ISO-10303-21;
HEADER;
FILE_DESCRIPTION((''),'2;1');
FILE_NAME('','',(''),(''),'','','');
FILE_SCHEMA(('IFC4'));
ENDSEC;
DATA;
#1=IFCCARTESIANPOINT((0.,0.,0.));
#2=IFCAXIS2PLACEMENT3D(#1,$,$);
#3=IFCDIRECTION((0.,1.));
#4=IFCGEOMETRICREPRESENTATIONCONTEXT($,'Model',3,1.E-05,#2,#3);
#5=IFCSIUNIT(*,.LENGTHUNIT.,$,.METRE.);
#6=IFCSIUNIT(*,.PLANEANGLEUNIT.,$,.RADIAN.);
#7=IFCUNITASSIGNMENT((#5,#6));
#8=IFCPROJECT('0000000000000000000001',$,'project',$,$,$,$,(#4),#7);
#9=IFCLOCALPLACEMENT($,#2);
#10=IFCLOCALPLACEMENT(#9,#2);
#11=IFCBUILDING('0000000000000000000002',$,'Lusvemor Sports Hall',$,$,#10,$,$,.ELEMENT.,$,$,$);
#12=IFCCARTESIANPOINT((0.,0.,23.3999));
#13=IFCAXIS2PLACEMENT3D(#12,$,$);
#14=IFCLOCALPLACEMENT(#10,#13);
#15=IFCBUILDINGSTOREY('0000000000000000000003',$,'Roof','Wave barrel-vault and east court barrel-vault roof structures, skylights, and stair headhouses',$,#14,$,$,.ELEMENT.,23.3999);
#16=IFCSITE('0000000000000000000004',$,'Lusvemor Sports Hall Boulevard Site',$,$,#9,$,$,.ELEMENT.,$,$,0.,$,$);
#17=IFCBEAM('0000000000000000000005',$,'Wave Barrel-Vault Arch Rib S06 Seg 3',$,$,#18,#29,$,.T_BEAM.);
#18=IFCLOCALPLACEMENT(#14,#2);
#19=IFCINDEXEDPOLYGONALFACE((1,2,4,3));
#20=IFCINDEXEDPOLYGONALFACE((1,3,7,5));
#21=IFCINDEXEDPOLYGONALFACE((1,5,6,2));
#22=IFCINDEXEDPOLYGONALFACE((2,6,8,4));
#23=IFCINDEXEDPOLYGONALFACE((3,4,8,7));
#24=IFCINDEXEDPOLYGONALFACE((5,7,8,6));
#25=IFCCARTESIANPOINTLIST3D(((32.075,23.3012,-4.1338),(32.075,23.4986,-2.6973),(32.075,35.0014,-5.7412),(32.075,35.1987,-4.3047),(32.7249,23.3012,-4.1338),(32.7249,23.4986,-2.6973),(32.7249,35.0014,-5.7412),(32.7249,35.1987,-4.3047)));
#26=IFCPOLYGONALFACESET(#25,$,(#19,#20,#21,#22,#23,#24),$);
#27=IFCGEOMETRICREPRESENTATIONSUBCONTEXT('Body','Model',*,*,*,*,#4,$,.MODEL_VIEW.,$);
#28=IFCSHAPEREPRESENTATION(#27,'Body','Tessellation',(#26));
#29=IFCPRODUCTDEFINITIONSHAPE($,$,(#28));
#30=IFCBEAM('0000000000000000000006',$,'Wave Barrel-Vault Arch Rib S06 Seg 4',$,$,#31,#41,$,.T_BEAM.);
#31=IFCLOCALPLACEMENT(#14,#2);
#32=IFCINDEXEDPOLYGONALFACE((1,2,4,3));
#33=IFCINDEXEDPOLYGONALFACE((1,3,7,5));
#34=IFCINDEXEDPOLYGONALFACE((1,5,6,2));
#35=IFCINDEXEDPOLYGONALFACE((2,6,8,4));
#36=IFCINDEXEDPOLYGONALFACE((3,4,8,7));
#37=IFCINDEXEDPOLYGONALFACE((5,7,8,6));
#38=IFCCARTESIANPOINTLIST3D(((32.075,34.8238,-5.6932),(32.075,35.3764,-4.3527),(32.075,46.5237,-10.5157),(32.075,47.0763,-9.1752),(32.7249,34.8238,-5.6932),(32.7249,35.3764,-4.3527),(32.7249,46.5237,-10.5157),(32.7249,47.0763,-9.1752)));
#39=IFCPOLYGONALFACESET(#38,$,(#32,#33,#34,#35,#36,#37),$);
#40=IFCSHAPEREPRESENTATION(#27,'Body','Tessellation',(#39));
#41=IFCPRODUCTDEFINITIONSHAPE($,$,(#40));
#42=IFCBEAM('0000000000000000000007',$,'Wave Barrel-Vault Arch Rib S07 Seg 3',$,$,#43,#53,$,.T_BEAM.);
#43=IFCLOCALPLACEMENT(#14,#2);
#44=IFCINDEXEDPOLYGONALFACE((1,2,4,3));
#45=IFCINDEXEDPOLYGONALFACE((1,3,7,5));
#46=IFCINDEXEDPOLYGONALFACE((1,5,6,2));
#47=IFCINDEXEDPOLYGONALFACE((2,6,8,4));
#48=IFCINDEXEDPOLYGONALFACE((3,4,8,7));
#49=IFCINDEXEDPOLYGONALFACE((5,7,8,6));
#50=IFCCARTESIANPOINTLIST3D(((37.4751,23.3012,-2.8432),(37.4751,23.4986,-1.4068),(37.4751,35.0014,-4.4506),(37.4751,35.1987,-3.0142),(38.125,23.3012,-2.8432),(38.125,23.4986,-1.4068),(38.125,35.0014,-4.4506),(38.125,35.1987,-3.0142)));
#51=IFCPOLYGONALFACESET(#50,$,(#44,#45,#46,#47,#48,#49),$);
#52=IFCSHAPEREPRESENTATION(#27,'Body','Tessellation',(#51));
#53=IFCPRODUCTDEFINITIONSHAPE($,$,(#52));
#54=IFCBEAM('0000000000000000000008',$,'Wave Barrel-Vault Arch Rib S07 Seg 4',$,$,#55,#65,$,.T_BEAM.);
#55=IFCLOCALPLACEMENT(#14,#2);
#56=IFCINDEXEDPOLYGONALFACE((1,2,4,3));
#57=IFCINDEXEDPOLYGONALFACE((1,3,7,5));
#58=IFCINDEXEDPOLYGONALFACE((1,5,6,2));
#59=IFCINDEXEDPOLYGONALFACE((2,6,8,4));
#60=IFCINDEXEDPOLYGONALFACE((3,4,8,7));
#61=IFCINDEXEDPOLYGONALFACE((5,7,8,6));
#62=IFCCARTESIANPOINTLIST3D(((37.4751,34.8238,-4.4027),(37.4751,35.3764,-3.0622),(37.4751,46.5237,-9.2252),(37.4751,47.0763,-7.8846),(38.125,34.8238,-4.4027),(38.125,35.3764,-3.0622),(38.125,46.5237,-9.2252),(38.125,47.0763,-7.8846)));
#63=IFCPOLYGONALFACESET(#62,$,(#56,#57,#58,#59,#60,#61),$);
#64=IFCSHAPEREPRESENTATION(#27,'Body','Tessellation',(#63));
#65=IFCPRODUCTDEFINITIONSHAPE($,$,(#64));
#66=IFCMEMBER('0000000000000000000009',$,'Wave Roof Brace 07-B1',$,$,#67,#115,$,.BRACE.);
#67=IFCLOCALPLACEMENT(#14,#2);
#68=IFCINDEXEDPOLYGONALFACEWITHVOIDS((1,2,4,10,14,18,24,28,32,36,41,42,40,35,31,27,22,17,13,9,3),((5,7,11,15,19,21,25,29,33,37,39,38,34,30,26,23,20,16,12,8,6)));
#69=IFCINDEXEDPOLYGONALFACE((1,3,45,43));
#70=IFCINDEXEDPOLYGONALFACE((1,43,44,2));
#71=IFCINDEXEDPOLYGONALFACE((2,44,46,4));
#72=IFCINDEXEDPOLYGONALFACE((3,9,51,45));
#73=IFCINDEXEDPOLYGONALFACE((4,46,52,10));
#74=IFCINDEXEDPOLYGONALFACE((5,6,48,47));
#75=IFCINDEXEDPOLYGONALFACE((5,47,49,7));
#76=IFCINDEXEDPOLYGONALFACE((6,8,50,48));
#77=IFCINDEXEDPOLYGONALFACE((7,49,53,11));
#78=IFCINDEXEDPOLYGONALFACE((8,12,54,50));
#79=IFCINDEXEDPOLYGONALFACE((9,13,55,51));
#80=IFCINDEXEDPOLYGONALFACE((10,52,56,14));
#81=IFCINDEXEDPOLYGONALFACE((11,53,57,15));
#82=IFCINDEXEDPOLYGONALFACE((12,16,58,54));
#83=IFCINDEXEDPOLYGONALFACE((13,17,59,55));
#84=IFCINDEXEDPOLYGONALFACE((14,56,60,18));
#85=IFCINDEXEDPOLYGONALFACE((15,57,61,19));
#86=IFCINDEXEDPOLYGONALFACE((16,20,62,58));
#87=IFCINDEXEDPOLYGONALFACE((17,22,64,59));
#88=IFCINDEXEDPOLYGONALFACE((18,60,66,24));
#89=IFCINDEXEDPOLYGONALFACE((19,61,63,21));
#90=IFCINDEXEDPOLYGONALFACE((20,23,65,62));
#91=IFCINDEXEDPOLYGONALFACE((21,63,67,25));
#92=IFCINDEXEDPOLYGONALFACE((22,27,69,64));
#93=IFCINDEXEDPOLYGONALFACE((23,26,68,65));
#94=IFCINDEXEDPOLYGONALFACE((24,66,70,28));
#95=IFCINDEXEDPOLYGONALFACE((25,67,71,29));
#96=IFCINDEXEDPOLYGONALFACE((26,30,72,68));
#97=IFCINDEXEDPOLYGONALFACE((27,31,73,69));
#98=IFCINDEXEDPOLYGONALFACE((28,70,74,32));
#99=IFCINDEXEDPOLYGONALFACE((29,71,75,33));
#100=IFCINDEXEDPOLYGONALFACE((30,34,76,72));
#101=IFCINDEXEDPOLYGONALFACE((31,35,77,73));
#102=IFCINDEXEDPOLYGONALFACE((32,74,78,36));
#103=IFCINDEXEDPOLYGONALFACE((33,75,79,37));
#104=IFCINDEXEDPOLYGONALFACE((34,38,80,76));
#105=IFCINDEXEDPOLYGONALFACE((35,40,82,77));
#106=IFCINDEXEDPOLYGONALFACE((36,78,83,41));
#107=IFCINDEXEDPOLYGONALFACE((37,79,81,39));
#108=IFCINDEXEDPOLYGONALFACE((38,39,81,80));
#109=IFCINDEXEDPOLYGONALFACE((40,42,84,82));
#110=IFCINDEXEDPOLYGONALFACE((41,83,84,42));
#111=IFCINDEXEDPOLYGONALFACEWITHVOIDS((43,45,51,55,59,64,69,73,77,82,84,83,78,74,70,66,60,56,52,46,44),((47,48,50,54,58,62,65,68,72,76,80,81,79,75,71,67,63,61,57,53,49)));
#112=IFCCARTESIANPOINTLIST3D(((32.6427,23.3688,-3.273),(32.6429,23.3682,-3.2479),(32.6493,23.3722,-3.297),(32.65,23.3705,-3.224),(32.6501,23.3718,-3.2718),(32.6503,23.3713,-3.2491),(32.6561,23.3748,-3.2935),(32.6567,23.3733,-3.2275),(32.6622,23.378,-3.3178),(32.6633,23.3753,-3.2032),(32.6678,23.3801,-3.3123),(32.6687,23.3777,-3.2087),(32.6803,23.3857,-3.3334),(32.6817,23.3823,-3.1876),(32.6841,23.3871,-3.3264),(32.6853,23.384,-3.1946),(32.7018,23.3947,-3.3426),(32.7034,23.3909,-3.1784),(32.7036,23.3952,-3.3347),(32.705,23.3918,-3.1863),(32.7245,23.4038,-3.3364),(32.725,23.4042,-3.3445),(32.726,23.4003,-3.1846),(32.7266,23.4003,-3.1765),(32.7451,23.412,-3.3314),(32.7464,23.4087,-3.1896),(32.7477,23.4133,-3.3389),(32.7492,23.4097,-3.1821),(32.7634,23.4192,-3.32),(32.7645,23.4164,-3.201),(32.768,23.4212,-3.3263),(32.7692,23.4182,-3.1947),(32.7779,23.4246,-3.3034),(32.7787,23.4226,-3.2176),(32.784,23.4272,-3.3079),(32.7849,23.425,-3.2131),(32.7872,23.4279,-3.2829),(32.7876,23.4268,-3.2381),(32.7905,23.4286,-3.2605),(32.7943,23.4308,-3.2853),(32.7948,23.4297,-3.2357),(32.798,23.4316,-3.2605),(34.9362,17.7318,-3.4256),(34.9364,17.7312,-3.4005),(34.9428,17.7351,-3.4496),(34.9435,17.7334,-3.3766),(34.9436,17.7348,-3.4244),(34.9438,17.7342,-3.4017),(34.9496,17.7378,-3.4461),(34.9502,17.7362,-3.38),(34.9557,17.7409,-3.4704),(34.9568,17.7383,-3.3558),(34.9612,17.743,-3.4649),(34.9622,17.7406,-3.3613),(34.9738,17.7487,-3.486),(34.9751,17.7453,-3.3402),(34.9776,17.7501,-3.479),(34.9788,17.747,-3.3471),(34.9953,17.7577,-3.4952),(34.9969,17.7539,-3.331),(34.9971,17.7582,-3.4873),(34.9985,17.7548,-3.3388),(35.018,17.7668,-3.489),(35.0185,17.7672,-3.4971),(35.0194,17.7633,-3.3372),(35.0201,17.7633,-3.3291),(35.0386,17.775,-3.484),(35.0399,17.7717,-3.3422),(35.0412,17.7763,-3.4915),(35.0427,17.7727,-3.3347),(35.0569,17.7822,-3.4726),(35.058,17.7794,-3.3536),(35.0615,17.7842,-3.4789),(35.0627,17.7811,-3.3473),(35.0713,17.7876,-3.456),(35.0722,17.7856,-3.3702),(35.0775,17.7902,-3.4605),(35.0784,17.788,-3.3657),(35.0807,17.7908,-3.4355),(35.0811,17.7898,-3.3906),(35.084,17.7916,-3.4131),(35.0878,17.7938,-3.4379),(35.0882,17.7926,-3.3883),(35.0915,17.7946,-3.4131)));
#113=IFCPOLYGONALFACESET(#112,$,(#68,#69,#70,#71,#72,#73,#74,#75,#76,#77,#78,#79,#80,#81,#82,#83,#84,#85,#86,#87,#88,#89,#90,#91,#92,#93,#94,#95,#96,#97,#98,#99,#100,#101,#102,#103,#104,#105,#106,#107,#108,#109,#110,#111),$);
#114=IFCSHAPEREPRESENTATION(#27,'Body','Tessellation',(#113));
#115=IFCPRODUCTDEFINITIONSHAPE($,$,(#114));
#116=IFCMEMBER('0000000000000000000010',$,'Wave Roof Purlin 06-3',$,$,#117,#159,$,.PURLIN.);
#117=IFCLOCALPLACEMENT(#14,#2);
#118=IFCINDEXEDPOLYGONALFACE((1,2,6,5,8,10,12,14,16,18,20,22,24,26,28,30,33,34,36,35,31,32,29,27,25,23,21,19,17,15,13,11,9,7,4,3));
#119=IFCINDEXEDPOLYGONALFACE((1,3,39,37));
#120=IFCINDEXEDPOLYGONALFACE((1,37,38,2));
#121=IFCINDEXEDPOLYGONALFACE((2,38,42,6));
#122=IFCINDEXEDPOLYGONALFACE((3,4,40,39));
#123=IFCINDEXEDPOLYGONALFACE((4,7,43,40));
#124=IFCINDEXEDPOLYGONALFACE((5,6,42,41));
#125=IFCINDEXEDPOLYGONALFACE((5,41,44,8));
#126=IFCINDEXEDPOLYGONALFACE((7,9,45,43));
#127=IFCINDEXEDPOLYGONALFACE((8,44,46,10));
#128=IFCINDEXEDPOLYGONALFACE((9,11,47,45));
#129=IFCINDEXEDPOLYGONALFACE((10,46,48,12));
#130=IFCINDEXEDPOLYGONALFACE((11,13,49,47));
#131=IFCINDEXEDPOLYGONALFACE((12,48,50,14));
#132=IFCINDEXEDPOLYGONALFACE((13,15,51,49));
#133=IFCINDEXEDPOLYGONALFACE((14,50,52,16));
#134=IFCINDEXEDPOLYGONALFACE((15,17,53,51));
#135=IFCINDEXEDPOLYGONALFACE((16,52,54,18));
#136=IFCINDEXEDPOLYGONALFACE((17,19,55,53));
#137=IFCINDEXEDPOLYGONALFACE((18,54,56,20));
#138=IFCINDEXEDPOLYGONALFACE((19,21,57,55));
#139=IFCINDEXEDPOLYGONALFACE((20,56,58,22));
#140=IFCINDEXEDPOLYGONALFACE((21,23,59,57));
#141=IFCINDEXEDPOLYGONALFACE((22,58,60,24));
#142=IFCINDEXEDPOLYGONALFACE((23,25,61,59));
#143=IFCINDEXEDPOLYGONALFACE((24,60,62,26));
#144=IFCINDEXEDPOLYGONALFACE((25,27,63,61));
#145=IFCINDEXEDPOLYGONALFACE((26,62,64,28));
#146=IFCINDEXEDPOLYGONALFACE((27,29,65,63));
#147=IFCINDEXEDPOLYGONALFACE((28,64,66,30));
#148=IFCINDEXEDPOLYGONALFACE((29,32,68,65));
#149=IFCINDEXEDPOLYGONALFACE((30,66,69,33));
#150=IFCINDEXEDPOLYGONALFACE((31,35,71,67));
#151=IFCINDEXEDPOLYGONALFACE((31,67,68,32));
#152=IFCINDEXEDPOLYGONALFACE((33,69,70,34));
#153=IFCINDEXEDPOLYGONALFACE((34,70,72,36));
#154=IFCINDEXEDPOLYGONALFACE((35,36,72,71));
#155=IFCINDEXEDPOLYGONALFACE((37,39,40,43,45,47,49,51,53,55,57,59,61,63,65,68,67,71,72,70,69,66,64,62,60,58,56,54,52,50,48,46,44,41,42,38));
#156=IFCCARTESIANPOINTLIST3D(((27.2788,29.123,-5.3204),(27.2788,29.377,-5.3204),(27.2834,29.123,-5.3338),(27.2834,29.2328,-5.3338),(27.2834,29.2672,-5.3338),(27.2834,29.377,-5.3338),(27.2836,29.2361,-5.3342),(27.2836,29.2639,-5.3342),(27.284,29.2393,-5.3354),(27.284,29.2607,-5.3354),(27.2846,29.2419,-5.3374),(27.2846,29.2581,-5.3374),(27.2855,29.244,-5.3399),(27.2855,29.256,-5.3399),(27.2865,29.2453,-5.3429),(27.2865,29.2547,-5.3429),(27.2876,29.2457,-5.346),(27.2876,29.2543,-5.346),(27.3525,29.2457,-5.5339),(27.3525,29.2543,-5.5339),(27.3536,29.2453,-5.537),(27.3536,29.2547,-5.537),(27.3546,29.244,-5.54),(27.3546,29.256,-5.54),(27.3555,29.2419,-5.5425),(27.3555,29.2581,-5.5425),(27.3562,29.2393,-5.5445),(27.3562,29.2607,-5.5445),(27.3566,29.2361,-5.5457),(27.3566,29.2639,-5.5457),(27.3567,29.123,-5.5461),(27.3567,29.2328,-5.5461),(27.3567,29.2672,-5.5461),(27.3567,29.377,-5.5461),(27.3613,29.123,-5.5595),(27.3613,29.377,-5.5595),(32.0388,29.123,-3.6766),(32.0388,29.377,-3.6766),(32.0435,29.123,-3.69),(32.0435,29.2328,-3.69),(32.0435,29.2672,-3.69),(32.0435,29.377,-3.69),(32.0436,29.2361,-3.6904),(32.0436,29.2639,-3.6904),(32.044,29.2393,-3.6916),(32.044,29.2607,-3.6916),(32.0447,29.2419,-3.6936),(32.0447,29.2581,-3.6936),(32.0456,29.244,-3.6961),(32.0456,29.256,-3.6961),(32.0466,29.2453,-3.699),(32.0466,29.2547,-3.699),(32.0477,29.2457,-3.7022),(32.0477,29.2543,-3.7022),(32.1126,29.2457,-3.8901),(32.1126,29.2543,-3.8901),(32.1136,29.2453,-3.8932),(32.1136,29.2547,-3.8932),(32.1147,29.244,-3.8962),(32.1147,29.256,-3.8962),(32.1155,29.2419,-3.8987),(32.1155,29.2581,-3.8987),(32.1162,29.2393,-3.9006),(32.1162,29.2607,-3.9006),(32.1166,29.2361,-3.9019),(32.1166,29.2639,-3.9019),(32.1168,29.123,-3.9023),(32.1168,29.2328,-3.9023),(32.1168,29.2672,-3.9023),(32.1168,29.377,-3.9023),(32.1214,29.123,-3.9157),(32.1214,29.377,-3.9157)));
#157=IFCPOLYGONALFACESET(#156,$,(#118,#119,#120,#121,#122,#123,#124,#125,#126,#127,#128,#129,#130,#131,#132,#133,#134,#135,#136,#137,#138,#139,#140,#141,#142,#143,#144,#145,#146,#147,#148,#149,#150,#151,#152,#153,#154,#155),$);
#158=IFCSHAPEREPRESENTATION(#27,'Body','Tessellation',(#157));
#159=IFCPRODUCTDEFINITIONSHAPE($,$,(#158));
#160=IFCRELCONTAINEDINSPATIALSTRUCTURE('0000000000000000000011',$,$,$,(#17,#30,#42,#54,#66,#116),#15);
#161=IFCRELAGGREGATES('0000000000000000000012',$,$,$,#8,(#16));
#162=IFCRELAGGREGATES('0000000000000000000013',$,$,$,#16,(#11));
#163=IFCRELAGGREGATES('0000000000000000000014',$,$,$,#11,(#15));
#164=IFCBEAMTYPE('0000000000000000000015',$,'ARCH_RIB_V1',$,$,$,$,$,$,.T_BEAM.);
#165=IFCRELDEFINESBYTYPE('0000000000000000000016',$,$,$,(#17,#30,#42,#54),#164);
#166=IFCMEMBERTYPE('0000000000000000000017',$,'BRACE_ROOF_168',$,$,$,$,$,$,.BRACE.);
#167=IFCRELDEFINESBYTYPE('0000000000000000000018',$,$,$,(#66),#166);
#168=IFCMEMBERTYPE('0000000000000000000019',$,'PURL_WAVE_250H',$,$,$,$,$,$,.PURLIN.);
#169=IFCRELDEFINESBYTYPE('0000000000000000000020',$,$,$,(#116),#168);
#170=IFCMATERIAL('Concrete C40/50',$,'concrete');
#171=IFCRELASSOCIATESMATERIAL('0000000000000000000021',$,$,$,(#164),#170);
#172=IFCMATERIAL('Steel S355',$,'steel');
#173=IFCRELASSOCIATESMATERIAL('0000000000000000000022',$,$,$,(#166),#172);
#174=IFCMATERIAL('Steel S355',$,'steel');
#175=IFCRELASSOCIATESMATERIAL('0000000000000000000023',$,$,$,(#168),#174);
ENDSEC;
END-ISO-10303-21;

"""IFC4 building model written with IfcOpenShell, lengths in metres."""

from ifc_helpers import new_model, si_unit, direction, frame, origin, origin_2d, place, context, subcontext, project, spatial, rectangle, hollow_circle, i_section, extrude, material, material_profile, profile_set, type_object, element, save


model = new_model("IFC4")

# Units and contexts
model_context = context("Model", 3, precision=1e-05, world=origin(), true_north=direction((0.0, 1.0)))
body_context = subcontext(model_context, "Body", "Model", "MODEL_VIEW")
ifc_project = project(units=[si_unit("LENGTHUNIT", "METRE"), si_unit("PLANEANGLEUNIT", "RADIAN")], contexts=[model_context])

# Site, building, storey
site_placement = place(None, origin())
site = spatial("IfcSite", under=ifc_project, at=site_placement, Name="Lusvemor Sports Hall Boulevard Site", CompositionType="ELEMENT", RefElevation=0.0)
building_placement = place(site_placement, origin())
building = spatial("IfcBuilding", under=site, at=building_placement, Name="Lusvemor Sports Hall", CompositionType="ELEMENT")
storey_placement = place(building_placement, frame((0.0, 0.0, 23.3999)))
storey = spatial("IfcBuildingStorey", under=building, at=storey_placement, Name="Roof", Description="Wave barrel-vault and east court barrel-vault roof structures, skylights, and stair headhouses", CompositionType="ELEMENT", Elevation=23.3999)

# Beams
ifc_material_1 = material(Name="Concrete C40/50", Category="concrete")
ifc_material_profile_1 = material_profile(ifc_material_1, rectangle(XDim=0.6499, YDim=1.45, at=origin_2d()), Name="RC650x1450")
ifc_profile_set_1 = profile_set([ifc_material_profile_1], Name="Concrete C40/50")
beam_type = type_object("IfcBeamType", Name="ARCH_RIB_V1", PredefinedType="T_BEAM", material=ifc_profile_set_1)
beam_1_placement = place(storey_placement, frame((32.3999, 23.3999, -3.4155), z_axis=(0.0, 0.990694, -0.136106), x_axis=(-1.0, 0.0, 0.0)))
element("IfcBeam", 1, at=beam_1_placement, inside=storey, type_object=beam_type, Name="Wave Barrel-Vault Arch Rib S06 Seg 3", PredefinedType="T_BEAM", context=body_context, shape_type="SweptSolid", body=[
    extrude(rectangle(XDim=0.6499, YDim=1.45, at=origin_2d()), origin(), (0.0, 0.0, 1.0), 11.8101),
])
beam_2_placement = place(storey_placement, frame((32.3999, 35.1001, -5.0229), z_axis=(0.0, 0.924542, -0.38108), x_axis=(-1.0, 0.0, 0.0)))
element("IfcBeam", 2, at=beam_2_placement, inside=storey, type_object=beam_type, Name="Wave Barrel-Vault Arch Rib S06 Seg 4", PredefinedType="T_BEAM", context=body_context, shape_type="SweptSolid", body=[
    extrude(rectangle(XDim=0.6499, YDim=1.45, at=origin_2d()), origin(), (0.0, 0.0, 1.0), 12.6548),
])
beam_3_placement = place(storey_placement, frame((37.8, 23.3999, -2.125), z_axis=(0.0, 0.990694, -0.136106), x_axis=(-1.0, 0.0, 0.0)))
element("IfcBeam", 3, at=beam_3_placement, inside=storey, type_object=beam_type, Name="Wave Barrel-Vault Arch Rib S07 Seg 3", PredefinedType="T_BEAM", context=body_context, shape_type="SweptSolid", body=[
    extrude(rectangle(XDim=0.6499, YDim=1.45, at=origin_2d()), origin(), (0.0, 0.0, 1.0), 11.8101),
])
beam_4_placement = place(storey_placement, frame((37.8, 35.1001, -3.7324), z_axis=(0.0, 0.924542, -0.38108), x_axis=(-1.0, 0.0, 0.0)))
element("IfcBeam", 4, at=beam_4_placement, inside=storey, type_object=beam_type, Name="Wave Barrel-Vault Arch Rib S07 Seg 4", PredefinedType="T_BEAM", context=body_context, shape_type="SweptSolid", body=[
    extrude(rectangle(XDim=0.6499, YDim=1.45, at=origin_2d()), origin(), (0.0, 0.0, 1.0), 12.6548),
])

# Members
ifc_material_2 = material(Name="Steel S355", Category="steel")
ifc_material_profile_2 = material_profile(ifc_material_2, hollow_circle(Radius=0.0842, WallThickness=0.0081, at=origin_2d()), Name="CHS168.3x8.0")
ifc_profile_set_2 = profile_set([ifc_material_profile_2], Name="Steel S355")
member_type_1 = type_object("IfcMemberType", Name="BRACE_ROOF_168", PredefinedType="BRACE", material=ifc_profile_set_2)
member_1_placement = place(storey_placement, frame((32.72, 23.3999, -3.2605), z_axis=(0.376744, -0.925978, -0.025065), x_axis=(0.926269, 0.376862, 0.0)))
element("IfcMember", 5, at=member_1_placement, inside=storey, type_object=member_type_1, Name="Wave Roof Brace 07-B1", PredefinedType="BRACE", context=body_context, shape_type="SweptSolid", body=[
    extrude(hollow_circle(Radius=0.0842, WallThickness=0.0081, at=origin_2d()), origin(), (0.0, 0.0, 1.0), 6.0876),
])
ifc_material_3 = material(Name="Steel S355", Category="steel")
ifc_material_profile_3 = material_profile(ifc_material_3, i_section(OverallWidth=0.2539, OverallDepth=0.2529, WebThickness=0.0085, FlangeThickness=0.0142, FilletRadius=0.0129, at=origin_2d()), Name="W250x73.0")
ifc_profile_set_3 = profile_set([ifc_material_profile_3], Name="Steel S355")
member_type_2 = type_object("IfcMemberType", Name="PURL_WAVE_250H", PredefinedType="PURLIN", material=ifc_profile_set_3)
member_2_placement = place(storey_placement, frame((27.3201, 29.25, -5.4399), z_axis=(0.945225, 0.0, 0.326419), x_axis=(0.0, 1.0, 0.0)))
element("IfcMember", 6, at=member_2_placement, inside=storey, type_object=member_type_2, Name="Wave Roof Purlin 06-3", PredefinedType="PURLIN", context=body_context, shape_type="SweptSolid", body=[
    extrude(i_section(OverallWidth=0.2539, OverallDepth=0.2529, WebThickness=0.0085, FlangeThickness=0.0142, FilletRadius=0.0129, at=origin_2d()), origin(), (0.0, 0.0, 1.0), 5.0359),
])

save(model, "model.ifc")
